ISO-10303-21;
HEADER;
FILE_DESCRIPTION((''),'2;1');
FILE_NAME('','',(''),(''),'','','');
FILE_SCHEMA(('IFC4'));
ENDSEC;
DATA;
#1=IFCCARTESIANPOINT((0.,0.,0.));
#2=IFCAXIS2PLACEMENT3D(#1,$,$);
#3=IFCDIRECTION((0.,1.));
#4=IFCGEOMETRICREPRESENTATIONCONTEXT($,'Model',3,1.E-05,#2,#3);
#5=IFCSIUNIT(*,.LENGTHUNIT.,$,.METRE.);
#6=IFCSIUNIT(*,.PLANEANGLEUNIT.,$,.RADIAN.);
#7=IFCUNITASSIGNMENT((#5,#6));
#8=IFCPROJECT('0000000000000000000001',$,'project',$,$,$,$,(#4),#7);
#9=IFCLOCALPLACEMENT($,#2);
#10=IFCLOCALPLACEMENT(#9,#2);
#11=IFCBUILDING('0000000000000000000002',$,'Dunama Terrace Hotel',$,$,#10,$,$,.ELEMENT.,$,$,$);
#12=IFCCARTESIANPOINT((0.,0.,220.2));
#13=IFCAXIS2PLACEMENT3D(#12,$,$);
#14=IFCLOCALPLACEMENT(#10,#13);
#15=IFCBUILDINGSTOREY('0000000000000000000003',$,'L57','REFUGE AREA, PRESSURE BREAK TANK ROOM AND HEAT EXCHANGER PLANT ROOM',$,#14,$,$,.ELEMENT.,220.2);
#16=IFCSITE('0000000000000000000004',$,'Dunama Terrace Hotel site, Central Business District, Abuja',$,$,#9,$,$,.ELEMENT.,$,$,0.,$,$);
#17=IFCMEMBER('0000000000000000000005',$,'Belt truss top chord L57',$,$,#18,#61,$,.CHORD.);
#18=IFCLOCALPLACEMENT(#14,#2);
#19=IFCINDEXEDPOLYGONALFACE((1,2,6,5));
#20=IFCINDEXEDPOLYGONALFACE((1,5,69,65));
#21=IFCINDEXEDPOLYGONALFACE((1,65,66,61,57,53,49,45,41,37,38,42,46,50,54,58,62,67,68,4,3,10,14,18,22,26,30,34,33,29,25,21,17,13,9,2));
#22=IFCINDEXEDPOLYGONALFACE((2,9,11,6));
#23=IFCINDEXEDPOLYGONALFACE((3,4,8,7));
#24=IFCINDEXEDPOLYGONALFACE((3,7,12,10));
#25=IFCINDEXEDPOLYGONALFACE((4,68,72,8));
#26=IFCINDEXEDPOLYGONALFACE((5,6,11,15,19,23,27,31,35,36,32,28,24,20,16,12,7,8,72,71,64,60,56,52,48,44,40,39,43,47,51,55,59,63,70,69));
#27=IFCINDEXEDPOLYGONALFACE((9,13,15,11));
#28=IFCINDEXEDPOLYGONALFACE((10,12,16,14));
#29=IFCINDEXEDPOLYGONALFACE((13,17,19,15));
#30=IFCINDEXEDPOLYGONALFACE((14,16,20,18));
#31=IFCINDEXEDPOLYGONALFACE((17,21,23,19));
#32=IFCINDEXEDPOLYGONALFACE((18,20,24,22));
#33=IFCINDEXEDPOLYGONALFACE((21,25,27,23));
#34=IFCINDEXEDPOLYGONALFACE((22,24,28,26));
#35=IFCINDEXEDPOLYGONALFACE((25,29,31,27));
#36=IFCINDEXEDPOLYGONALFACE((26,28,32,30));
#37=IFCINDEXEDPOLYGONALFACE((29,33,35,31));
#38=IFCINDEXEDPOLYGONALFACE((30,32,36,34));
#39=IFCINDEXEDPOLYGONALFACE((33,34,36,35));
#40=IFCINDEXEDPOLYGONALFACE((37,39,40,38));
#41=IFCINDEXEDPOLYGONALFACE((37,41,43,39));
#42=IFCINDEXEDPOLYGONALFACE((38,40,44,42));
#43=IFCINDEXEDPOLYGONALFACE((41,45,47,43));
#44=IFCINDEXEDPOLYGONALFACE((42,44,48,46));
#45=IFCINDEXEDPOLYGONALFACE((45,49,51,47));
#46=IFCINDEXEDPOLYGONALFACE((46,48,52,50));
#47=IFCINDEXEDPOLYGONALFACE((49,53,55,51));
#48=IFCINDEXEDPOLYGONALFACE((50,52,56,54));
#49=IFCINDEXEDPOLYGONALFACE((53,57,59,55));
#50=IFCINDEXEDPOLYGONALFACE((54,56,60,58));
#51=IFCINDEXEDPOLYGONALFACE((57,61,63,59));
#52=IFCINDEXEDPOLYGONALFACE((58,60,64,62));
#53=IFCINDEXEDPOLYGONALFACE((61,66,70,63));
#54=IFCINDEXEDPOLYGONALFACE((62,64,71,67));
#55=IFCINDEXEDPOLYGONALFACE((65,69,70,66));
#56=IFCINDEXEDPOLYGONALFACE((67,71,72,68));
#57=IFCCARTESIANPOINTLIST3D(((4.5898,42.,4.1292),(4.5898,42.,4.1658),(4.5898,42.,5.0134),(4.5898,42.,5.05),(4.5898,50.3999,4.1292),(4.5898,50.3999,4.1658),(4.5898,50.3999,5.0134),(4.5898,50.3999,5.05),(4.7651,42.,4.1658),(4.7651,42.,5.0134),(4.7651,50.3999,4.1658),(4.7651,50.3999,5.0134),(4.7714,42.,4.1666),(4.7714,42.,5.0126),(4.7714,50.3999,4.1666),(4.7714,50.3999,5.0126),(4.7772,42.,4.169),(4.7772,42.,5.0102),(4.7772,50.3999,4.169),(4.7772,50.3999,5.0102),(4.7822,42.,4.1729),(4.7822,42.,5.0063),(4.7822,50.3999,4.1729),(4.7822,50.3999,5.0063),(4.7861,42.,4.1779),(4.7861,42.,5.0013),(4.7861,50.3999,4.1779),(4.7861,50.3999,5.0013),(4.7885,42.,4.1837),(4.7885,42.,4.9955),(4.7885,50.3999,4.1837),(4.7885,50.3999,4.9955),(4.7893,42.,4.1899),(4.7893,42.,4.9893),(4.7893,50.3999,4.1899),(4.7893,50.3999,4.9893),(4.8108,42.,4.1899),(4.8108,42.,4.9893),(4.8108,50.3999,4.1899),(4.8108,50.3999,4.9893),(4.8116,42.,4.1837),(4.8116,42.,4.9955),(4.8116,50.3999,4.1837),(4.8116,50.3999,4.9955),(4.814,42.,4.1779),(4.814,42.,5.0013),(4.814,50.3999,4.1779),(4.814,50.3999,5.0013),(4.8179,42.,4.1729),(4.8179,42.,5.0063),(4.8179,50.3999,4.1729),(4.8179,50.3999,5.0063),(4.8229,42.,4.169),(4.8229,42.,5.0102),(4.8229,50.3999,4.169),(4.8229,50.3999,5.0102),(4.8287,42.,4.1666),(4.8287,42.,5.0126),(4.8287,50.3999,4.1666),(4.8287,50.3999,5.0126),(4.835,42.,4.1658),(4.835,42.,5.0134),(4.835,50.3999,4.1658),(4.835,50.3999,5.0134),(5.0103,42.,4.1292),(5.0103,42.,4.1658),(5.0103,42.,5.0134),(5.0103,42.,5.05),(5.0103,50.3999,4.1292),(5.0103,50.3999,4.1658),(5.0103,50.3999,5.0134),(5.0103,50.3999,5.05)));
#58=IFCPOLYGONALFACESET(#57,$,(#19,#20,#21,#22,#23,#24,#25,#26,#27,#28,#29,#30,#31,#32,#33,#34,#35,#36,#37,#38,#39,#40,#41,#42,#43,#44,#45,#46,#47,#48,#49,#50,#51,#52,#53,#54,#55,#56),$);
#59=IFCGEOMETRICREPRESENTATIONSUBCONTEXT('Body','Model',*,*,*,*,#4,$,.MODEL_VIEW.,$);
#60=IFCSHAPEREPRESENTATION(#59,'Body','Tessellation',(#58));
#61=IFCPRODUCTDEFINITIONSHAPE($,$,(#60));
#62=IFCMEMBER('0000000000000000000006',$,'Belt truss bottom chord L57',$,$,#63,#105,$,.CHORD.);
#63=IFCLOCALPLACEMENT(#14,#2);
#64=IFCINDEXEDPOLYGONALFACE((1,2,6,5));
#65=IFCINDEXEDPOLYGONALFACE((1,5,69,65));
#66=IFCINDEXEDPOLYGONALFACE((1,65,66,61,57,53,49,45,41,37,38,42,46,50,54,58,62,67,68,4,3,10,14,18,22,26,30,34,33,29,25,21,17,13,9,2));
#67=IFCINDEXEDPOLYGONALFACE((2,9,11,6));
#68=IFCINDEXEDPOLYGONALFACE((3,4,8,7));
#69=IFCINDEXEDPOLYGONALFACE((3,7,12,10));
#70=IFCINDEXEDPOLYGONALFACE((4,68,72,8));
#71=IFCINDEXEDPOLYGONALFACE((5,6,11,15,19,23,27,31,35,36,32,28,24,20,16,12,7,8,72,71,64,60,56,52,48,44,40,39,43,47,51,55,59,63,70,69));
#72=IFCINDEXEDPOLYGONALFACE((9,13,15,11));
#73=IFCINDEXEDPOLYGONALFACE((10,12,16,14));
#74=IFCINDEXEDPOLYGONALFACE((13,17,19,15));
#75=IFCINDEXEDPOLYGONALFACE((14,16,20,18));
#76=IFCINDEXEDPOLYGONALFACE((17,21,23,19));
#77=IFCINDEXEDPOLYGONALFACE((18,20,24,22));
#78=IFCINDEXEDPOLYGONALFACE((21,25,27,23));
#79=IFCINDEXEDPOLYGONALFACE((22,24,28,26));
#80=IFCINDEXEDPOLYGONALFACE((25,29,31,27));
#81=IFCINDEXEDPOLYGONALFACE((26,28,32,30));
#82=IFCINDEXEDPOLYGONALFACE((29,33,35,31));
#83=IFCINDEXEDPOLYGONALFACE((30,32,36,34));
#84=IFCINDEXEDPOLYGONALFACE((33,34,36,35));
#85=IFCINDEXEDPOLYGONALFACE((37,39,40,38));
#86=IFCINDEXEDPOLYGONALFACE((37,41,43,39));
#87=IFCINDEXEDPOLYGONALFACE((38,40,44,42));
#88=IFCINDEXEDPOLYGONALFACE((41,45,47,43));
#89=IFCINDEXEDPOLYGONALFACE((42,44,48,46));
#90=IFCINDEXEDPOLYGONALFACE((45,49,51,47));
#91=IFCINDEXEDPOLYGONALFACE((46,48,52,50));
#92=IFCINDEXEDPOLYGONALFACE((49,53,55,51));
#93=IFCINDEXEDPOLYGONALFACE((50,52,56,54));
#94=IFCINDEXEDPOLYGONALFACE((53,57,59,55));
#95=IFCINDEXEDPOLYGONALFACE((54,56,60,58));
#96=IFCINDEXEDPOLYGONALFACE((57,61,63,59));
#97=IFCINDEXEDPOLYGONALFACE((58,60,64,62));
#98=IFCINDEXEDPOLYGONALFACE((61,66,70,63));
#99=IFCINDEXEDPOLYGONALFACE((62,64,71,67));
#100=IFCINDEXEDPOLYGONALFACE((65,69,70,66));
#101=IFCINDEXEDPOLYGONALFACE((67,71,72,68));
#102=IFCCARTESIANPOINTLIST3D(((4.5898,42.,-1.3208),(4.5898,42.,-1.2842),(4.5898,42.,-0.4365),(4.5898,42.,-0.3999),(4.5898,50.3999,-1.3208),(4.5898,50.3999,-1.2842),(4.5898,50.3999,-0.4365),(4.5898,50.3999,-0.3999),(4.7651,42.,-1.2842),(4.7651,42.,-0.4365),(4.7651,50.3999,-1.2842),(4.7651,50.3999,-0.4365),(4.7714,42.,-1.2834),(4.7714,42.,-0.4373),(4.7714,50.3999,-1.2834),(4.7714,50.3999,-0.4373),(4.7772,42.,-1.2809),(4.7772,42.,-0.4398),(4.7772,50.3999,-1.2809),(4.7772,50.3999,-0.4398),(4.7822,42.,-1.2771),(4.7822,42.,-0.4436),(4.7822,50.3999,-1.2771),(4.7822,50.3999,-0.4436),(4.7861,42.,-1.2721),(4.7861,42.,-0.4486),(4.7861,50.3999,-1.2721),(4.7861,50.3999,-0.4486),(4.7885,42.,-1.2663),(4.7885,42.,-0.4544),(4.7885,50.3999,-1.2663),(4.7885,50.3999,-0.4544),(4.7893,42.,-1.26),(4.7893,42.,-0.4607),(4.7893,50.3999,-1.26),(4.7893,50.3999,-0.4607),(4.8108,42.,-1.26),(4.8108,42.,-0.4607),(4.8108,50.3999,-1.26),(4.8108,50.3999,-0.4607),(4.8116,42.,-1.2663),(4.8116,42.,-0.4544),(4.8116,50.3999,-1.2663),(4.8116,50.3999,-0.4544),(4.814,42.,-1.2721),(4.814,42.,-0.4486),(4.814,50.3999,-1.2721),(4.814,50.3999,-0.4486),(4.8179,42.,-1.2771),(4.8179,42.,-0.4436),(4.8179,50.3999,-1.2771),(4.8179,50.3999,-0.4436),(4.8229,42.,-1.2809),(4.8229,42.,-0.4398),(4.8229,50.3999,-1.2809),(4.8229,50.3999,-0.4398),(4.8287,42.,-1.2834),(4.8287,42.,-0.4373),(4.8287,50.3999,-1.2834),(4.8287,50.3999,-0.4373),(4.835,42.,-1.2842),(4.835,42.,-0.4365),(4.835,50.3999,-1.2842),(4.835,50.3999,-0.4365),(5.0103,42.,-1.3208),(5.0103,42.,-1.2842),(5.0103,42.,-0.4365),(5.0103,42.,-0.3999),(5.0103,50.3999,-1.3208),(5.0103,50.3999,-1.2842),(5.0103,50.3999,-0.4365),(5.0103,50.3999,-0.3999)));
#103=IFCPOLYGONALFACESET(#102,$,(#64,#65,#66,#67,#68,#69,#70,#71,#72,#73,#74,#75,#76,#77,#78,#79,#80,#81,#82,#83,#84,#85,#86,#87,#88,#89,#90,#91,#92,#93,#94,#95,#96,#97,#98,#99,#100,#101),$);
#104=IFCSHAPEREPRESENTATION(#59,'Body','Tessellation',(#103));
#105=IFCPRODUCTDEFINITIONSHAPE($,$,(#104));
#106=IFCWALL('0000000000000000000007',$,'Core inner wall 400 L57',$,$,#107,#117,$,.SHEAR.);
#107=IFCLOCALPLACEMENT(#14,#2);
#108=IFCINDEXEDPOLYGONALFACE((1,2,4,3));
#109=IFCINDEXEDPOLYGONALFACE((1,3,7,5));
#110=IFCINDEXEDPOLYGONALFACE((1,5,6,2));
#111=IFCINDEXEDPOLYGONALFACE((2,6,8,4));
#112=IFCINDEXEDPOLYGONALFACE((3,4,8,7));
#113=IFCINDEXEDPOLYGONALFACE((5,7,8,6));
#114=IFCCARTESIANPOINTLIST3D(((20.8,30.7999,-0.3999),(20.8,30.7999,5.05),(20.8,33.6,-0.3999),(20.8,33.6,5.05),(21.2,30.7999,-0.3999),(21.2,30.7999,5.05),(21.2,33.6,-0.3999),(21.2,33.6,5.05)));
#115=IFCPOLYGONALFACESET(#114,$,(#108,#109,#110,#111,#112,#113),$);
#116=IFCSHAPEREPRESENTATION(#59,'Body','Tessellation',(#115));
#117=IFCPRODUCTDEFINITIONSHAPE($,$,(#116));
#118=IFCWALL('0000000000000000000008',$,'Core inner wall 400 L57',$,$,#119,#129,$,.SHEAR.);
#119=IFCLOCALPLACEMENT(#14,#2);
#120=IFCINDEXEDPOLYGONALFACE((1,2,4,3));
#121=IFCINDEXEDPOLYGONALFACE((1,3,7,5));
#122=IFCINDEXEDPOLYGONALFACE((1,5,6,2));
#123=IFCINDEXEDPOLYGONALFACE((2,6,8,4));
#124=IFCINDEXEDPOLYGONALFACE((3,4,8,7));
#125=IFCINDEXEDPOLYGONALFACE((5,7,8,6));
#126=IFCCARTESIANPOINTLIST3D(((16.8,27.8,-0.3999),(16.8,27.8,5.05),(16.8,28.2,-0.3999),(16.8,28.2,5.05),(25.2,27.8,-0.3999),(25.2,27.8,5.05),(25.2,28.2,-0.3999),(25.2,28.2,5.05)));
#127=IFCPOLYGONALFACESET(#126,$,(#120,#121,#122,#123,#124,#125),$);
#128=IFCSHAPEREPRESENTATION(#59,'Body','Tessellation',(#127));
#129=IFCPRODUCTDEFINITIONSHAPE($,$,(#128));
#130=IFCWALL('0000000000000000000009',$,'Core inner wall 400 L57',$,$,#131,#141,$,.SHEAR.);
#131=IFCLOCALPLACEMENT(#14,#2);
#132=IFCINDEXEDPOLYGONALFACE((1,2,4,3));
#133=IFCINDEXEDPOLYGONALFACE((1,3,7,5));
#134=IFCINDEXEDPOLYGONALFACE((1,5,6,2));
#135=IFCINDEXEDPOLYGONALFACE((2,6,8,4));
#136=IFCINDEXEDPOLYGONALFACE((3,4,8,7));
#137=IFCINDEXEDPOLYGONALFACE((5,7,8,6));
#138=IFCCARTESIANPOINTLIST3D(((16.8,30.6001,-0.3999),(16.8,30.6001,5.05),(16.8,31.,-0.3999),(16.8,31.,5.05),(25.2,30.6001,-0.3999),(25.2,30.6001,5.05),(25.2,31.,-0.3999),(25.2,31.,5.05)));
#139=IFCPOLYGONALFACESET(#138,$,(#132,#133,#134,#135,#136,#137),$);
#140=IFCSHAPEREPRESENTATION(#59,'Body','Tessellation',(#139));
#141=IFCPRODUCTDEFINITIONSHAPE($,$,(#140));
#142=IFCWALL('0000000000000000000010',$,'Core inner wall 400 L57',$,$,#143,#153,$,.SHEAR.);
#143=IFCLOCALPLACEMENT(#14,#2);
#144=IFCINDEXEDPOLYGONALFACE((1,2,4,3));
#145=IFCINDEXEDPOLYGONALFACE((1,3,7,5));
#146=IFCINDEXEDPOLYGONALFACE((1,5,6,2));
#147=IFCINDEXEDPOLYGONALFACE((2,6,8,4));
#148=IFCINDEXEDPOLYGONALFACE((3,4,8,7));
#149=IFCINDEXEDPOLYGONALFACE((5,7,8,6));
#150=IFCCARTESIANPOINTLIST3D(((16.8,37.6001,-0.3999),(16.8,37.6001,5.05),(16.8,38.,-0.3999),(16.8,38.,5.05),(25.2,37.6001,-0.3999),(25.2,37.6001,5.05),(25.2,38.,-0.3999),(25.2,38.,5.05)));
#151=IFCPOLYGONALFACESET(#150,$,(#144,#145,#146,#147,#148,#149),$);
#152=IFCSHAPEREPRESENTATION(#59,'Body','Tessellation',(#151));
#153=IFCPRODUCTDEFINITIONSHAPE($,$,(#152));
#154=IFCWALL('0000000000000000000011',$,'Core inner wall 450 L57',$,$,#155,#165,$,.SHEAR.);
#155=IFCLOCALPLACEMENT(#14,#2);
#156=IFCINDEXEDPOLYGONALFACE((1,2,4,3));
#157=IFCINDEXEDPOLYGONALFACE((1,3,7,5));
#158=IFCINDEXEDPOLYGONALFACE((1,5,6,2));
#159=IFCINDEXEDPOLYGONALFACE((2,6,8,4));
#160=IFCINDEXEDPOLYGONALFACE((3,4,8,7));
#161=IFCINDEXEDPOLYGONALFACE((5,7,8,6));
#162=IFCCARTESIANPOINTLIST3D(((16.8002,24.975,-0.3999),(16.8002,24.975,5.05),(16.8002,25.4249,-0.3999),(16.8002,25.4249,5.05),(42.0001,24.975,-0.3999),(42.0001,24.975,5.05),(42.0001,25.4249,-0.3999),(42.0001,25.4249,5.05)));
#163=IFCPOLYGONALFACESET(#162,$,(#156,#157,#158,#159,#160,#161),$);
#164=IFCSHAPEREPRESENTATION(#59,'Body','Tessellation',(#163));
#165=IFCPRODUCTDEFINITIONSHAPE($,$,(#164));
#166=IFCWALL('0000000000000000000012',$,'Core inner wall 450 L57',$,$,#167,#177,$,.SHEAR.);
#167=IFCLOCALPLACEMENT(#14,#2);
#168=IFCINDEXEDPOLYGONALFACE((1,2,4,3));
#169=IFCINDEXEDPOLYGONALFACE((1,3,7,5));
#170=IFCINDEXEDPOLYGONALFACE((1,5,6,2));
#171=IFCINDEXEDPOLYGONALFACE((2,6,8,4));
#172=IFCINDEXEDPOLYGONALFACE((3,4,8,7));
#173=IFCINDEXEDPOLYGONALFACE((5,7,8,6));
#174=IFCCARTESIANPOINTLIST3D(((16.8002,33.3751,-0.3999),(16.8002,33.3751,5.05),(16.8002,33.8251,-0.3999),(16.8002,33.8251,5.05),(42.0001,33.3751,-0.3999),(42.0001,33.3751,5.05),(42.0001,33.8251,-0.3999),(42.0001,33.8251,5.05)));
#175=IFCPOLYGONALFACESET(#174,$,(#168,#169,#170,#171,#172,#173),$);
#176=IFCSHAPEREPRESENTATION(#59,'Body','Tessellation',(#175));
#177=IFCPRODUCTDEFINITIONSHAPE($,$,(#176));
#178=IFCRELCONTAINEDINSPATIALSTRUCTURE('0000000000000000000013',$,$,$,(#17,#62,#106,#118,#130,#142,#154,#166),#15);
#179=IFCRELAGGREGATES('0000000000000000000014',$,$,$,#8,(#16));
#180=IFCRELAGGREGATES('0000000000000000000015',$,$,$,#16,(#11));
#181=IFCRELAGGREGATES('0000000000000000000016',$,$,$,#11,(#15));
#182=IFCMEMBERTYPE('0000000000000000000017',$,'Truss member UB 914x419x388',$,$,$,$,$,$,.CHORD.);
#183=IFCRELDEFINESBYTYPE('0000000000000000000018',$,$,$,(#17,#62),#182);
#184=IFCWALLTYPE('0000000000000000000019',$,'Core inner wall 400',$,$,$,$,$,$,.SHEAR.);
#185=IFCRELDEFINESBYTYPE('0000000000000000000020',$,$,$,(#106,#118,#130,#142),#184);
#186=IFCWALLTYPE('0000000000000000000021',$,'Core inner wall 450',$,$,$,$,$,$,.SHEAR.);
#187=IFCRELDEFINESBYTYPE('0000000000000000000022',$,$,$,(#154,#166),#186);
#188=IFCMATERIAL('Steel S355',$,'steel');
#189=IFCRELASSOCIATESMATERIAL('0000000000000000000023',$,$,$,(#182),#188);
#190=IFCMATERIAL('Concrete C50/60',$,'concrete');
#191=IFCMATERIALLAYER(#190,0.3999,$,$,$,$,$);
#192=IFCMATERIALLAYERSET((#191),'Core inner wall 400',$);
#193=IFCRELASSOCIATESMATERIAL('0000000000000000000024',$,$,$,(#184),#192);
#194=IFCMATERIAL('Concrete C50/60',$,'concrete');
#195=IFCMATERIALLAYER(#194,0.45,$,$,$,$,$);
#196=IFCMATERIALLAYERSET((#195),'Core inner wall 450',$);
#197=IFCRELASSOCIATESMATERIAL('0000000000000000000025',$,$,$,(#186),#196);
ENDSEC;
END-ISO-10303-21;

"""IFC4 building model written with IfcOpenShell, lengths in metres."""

from ifc_helpers import new_model, si_unit, direction, frame, frame_2d, origin, origin_2d, place, context, subcontext, project, spatial, rectangle, i_section, extrude, material, layer, layer_set, material_profile, profile_set, type_object, element, save


model = new_model("IFC4")

# Units and contexts
model_context = context("Model", 3, precision=1e-05, world=origin(), true_north=direction((0.0, 1.0)))
body_context = subcontext(model_context, "Body", "Model", "MODEL_VIEW")
ifc_project = project(units=[si_unit("LENGTHUNIT", "METRE"), si_unit("PLANEANGLEUNIT", "RADIAN")], contexts=[model_context])

# Site, building, storey
site_placement = place(None, origin())
site = spatial("IfcSite", under=ifc_project, at=site_placement, Name="Dunama Terrace Hotel site, Central Business District, Abuja", CompositionType="ELEMENT", RefElevation=0.0)
building_placement = place(site_placement, origin())
building = spatial("IfcBuilding", under=site, at=building_placement, Name="Dunama Terrace Hotel", CompositionType="ELEMENT")
storey_placement = place(building_placement, frame((0.0, 0.0, 220.2)))
storey = spatial("IfcBuildingStorey", under=building, at=storey_placement, Name="L57", Description="REFUGE AREA, PRESSURE BREAK TANK ROOM AND HEAT EXCHANGER PLANT ROOM", CompositionType="ELEMENT", Elevation=220.2)

# Members
ifc_material_1 = material(Name="Steel S355", Category="steel")
ifc_material_profile_1 = material_profile(ifc_material_1, i_section(OverallWidth=0.4204, OverallDepth=0.9209, WebThickness=0.0215, FlangeThickness=0.0366, FilletRadius=0.0242, at=origin_2d()), Name="UB 914x419x388")
ifc_profile_set_1 = profile_set([ifc_material_profile_1], Name="Steel S355")
member_type_1 = type_object("IfcMemberType", Name="Truss member UB 914x419x388", PredefinedType="CHORD", material=ifc_profile_set_1)
for number, where, z_axis, x_axis, name in (
    (1, (4.8, 42.0, 4.5896), (0.0, 1.0, 0.0), (-1.0, 0.0, 0.0), "Belt truss top chord L57"),
    (2, (4.8, 42.0, -0.8604), (0.0, 1.0, 0.0), (-1.0, 0.0, 0.0), "Belt truss bottom chord L57"),
):
    element("IfcMember", number, at=place(storey_placement, frame(where, z_axis=z_axis, x_axis=x_axis)), inside=storey, type_object=member_type_1, Name=name, PredefinedType="CHORD", context=body_context, shape_type="SweptSolid", body=[
        extrude(i_section(OverallWidth=0.4204, OverallDepth=0.9209, WebThickness=0.0215, FlangeThickness=0.0366, FilletRadius=0.0242, at=origin_2d()), origin(), (0.0, 0.0, 1.0), 8.3999),
    ])

# Walls
ifc_material_2 = material(Name="Concrete C50/60", Category="concrete")
ifc_layer_1 = layer(ifc_material_2, 0.3999)
ifc_layer_set_1 = layer_set([ifc_layer_1], Name="Core inner wall 400")
wall_type_1 = type_object("IfcWallType", Name="Core inner wall 400", PredefinedType="SHEAR", material=ifc_layer_set_1)
wall_1_placement = place(storey_placement, frame((21.0, 30.8, -0.3999), z_axis=(0.0, 0.0, 1.0), x_axis=(0.0, 1.0, 0.0)))
element("IfcWall", 3, at=wall_1_placement, inside=storey, type_object=wall_type_1, Name="Core inner wall 400 L57", PredefinedType="SHEAR", context=body_context, shape_type="SweptSolid", body=[
    extrude(rectangle(XDim=2.8, YDim=0.3999, at=frame_2d((1.3999, 0.0))), origin(), (0.0, 0.0, 1.0), 5.45),
])
for number, where, z_axis, x_axis, name in (
    (4, (16.8, 28.0, -0.3999), (0.0, 0.0, 1.0), (1.0, 0.0, 0.0), "Core inner wall 400 L57"),
    (5, (16.8, 30.8, -0.3999), (0.0, 0.0, 1.0), (1.0, 0.0, 0.0), "Core inner wall 400 L57"),
    (6, (16.8, 37.8, -0.3999), (0.0, 0.0, 1.0), (1.0, 0.0, 0.0), "Core inner wall 400 L57"),
):
    element("IfcWall", number, at=place(storey_placement, frame(where, z_axis=z_axis, x_axis=x_axis)), inside=storey, type_object=wall_type_1, Name=name, PredefinedType="SHEAR", context=body_context, shape_type="SweptSolid", body=[
        extrude(rectangle(XDim=8.3999, YDim=0.3999, at=frame_2d((4.2, 0.0))), origin(), (0.0, 0.0, 1.0), 5.45),
    ])
ifc_material_3 = material(Name="Concrete C50/60", Category="concrete")
ifc_layer_2 = layer(ifc_material_3, 0.45)
ifc_layer_set_2 = layer_set([ifc_layer_2], Name="Core inner wall 450")
wall_type_2 = type_object("IfcWallType", Name="Core inner wall 450", PredefinedType="SHEAR", material=ifc_layer_set_2)
for number, where, z_axis, x_axis, name in (
    (7, (16.8, 25.2, -0.3999), (0.0, 0.0, 1.0), (1.0, 0.0, 0.0), "Core inner wall 450 L57"),
    (8, (16.8, 33.6001, -0.3999), (0.0, 0.0, 1.0), (1.0, 0.0, 0.0), "Core inner wall 450 L57"),
):
    element("IfcWall", number, at=place(storey_placement, frame(where, z_axis=z_axis, x_axis=x_axis)), inside=storey, type_object=wall_type_2, Name=name, PredefinedType="SHEAR", context=body_context, shape_type="SweptSolid", body=[
        extrude(rectangle(XDim=25.2, YDim=0.45, at=frame_2d((12.6001, 0.0))), origin(), (0.0, 0.0, 1.0), 5.45),
    ])

save(model, "model.ifc")
